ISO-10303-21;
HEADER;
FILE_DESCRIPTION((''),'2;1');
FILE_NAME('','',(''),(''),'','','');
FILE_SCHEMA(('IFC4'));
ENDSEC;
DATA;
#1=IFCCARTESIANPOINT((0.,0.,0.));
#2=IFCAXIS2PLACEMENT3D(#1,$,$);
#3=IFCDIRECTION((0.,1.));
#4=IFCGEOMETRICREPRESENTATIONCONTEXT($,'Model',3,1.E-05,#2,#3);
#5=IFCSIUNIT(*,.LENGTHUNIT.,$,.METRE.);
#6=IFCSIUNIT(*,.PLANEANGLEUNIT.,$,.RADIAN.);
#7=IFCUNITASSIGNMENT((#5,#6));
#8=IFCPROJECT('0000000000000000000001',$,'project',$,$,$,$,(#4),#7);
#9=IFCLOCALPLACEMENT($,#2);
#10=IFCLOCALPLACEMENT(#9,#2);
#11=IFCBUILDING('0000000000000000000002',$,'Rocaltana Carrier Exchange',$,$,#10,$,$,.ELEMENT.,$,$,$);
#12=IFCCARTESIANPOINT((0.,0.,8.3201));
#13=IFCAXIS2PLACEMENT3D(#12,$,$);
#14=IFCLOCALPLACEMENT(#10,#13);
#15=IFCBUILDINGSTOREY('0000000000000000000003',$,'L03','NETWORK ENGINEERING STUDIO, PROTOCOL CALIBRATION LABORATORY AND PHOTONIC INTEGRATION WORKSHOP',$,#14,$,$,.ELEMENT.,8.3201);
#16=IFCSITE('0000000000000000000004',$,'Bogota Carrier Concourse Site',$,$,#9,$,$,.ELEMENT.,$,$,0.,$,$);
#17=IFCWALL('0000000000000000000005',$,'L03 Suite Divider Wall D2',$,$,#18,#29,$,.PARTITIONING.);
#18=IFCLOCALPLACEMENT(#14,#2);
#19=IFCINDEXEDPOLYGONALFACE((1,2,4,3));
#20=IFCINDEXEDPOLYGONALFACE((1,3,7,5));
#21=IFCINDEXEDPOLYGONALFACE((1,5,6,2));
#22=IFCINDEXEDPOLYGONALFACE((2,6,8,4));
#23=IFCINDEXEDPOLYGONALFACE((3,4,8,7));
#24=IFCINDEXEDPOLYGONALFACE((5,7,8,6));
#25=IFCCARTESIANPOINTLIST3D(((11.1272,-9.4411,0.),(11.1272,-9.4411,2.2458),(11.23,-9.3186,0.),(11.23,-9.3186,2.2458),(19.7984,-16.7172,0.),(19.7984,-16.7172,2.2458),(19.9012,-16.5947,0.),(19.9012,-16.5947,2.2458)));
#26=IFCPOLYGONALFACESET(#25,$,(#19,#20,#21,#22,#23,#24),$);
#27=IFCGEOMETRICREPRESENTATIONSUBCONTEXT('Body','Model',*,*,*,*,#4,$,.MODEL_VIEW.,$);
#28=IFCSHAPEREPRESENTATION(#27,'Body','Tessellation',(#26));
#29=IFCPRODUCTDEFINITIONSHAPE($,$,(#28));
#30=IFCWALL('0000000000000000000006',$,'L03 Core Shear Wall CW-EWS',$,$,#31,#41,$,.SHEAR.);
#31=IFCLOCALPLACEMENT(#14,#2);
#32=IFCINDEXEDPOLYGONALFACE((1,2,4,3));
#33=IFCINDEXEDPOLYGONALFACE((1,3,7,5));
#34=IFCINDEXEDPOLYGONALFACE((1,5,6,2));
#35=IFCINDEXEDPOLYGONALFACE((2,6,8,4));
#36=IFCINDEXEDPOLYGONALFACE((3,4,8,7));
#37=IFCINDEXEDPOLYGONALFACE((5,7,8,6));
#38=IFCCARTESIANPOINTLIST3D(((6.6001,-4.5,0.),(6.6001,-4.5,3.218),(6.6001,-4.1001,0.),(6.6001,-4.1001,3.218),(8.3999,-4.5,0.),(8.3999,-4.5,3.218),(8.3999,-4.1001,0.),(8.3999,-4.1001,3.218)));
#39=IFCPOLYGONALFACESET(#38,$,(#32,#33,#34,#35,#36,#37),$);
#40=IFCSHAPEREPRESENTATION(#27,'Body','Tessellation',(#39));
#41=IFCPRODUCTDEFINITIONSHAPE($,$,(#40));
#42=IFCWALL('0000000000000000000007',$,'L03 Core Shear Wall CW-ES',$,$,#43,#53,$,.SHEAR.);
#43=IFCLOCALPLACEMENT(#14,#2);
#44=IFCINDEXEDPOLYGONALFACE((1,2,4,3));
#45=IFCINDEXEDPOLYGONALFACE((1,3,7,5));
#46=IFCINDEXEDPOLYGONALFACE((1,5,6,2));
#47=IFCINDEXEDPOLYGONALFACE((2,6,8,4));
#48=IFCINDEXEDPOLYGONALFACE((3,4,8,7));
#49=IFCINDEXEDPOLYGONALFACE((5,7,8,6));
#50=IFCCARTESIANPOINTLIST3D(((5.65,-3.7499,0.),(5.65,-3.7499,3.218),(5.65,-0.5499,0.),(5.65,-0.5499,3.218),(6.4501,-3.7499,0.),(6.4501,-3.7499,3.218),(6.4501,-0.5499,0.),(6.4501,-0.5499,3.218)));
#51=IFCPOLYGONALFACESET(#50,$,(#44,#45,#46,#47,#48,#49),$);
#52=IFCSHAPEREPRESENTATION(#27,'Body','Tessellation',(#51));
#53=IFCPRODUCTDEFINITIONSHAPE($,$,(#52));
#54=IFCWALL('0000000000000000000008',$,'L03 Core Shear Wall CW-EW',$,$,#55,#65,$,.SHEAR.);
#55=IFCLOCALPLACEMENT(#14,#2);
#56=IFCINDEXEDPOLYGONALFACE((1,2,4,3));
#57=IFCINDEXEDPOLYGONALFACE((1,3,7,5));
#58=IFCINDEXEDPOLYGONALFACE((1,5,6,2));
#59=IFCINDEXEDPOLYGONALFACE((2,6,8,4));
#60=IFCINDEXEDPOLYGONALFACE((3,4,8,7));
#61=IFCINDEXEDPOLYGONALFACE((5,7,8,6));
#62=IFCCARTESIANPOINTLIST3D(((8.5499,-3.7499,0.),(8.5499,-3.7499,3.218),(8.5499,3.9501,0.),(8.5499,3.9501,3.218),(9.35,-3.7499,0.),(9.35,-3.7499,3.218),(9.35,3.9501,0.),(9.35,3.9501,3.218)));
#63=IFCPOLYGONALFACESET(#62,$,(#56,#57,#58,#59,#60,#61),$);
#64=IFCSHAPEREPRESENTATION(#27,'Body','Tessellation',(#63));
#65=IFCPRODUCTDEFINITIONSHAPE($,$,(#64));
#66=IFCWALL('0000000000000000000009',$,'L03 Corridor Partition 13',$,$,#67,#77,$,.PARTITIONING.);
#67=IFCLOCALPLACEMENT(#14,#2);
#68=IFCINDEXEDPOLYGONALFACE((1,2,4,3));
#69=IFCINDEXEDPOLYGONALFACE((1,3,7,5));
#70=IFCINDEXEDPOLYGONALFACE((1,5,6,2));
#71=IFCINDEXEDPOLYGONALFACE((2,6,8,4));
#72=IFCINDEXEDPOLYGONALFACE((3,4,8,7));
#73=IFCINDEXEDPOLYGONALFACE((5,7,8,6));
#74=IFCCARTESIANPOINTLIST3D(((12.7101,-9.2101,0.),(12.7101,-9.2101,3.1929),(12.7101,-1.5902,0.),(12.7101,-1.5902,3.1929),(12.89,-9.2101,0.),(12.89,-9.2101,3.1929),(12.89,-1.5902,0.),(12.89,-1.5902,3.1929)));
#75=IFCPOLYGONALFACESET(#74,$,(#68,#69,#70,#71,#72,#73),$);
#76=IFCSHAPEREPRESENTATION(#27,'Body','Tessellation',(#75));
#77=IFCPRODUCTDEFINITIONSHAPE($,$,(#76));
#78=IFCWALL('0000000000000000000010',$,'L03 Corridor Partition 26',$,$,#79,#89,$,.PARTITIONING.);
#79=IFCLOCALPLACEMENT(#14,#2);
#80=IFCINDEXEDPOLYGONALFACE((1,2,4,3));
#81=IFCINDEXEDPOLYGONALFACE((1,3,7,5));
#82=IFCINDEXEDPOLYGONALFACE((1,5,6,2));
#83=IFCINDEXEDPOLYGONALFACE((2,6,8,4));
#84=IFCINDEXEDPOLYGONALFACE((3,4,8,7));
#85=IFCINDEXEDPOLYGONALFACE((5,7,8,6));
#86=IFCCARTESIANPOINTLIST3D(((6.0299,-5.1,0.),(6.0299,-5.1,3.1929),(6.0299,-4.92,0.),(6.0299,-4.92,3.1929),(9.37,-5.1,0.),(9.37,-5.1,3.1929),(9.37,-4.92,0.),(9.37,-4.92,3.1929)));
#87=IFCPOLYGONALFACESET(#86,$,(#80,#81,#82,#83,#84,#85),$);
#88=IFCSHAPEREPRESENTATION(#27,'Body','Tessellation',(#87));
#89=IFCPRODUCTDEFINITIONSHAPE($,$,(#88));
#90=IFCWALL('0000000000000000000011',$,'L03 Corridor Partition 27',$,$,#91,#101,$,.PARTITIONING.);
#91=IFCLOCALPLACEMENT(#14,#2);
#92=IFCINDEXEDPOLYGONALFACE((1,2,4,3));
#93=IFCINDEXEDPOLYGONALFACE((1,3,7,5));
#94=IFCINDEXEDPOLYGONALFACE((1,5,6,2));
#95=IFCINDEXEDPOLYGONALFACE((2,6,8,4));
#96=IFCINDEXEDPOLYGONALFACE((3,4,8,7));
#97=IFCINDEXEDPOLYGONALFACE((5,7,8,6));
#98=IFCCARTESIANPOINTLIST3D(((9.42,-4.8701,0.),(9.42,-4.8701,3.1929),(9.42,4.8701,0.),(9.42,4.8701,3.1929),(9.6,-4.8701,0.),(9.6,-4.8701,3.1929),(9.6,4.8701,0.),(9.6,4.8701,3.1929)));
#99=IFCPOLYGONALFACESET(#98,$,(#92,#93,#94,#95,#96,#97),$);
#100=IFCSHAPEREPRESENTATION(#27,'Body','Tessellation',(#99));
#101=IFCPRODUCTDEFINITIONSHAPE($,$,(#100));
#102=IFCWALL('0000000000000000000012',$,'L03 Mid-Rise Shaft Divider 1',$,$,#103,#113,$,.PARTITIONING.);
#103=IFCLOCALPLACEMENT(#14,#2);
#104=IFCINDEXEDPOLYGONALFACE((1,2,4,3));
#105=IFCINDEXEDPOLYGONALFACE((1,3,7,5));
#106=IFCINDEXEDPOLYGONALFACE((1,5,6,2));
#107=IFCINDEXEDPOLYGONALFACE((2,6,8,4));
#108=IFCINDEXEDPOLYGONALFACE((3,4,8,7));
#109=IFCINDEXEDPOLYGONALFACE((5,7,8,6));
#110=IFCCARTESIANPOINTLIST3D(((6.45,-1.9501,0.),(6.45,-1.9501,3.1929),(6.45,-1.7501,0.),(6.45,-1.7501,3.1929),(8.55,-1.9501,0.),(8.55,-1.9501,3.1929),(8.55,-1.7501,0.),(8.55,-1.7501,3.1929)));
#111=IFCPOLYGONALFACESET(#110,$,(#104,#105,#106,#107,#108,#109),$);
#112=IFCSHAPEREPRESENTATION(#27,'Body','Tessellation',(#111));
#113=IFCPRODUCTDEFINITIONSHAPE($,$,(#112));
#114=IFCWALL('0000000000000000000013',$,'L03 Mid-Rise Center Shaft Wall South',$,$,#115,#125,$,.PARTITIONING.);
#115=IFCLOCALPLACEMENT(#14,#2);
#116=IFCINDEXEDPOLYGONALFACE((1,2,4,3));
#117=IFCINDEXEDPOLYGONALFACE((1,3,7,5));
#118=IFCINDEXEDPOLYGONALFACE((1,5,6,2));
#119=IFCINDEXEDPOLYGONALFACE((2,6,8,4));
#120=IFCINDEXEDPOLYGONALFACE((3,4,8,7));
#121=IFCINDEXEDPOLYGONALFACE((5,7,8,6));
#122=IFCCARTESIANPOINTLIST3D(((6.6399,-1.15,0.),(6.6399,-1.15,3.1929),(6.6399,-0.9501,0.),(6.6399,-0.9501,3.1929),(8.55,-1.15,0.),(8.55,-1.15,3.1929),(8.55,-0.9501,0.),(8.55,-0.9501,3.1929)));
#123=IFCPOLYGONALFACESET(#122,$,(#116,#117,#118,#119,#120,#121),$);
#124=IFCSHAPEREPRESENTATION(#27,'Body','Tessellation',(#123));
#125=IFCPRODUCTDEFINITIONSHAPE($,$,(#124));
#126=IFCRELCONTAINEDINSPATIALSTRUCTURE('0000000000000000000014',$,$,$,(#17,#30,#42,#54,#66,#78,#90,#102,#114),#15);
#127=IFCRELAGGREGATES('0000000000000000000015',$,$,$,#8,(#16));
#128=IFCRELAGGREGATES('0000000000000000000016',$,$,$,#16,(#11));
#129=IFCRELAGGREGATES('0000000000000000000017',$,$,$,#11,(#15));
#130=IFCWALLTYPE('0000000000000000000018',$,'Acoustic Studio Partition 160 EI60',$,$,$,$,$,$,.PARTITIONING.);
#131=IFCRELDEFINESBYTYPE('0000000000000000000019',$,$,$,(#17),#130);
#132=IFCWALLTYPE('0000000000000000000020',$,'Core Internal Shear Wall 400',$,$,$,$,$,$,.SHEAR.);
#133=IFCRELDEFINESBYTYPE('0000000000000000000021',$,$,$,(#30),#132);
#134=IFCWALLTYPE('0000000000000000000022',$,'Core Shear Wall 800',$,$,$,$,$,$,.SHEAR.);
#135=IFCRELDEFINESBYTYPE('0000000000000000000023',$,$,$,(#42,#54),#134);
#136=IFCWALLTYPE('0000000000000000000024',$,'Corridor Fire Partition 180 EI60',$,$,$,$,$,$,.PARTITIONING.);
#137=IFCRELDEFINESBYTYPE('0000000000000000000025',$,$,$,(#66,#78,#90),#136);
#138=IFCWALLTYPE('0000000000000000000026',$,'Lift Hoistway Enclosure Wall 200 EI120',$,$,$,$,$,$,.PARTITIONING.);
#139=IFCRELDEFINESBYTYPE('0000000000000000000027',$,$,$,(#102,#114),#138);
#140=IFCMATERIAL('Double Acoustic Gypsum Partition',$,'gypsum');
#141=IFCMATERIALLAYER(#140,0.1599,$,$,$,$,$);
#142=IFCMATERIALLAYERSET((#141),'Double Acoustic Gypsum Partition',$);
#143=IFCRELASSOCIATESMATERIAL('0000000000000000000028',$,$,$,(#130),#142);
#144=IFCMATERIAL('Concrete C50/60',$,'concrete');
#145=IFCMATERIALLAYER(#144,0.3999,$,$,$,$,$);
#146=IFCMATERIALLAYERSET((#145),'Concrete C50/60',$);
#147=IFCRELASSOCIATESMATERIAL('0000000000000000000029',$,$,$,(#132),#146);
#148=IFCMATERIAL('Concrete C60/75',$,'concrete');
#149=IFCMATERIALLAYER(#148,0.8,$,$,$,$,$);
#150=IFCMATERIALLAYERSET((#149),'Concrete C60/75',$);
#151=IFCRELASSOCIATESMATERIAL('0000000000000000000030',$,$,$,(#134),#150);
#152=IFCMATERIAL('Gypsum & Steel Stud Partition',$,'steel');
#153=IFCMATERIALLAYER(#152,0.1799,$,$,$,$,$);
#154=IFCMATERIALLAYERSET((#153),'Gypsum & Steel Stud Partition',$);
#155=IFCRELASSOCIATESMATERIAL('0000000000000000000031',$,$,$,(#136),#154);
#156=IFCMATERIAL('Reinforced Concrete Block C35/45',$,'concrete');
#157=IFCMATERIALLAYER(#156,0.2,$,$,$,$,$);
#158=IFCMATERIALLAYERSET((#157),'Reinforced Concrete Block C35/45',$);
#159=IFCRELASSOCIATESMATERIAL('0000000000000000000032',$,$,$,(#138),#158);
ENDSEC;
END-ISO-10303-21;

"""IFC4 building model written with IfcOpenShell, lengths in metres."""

from ifc_helpers import new_model, si_unit, direction, frame, frame_2d, origin, place, context, subcontext, project, spatial, rectangle, extrude, material, layer, layer_set, type_object, element, save


model = new_model("IFC4")

# Units and contexts
model_context = context("Model", 3, precision=1e-05, world=origin(), true_north=direction((0.0, 1.0)))
body_context = subcontext(model_context, "Body", "Model", "MODEL_VIEW")
ifc_project = project(units=[si_unit("LENGTHUNIT", "METRE"), si_unit("PLANEANGLEUNIT", "RADIAN")], contexts=[model_context])

# Site, building, storey
site_placement = place(None, origin())
site = spatial("IfcSite", under=ifc_project, at=site_placement, Name="Bogota Carrier Concourse Site", CompositionType="ELEMENT", RefElevation=0.0)
building_placement = place(site_placement, origin())
building = spatial("IfcBuilding", under=site, at=building_placement, Name="Rocaltana Carrier Exchange", CompositionType="ELEMENT")
storey_placement = place(building_placement, frame((0.0, 0.0, 8.3201)))
storey = spatial("IfcBuildingStorey", under=building, at=storey_placement, Name="L03", Description="NETWORK ENGINEERING STUDIO, PROTOCOL CALIBRATION LABORATORY AND PHOTONIC INTEGRATION WORKSHOP", CompositionType="ELEMENT", Elevation=8.3201)

# Walls
ifc_material_1 = material(Name="Double Acoustic Gypsum Partition", Category="gypsum")
ifc_layer_1 = layer(ifc_material_1, 0.1599)
ifc_layer_set_1 = layer_set([ifc_layer_1], Name="Double Acoustic Gypsum Partition")
wall_type_1 = type_object("IfcWallType", Name="Acoustic Studio Partition 160 EI60", PredefinedType="PARTITIONING", material=ifc_layer_set_1)
wall_1_placement = place(storey_placement, frame((11.1787, -9.3799, 0.0), z_axis=(0.0, 0.0, 1.0), x_axis=(0.766037, -0.642796, 0.0)))
element("IfcWall", 1, at=wall_1_placement, inside=storey, type_object=wall_type_1, Name="L03 Suite Divider Wall D2", PredefinedType="PARTITIONING", context=body_context, shape_type="SweptSolid", body=[
    extrude(rectangle(XDim=11.3196, YDim=0.1599, at=frame_2d((5.6597, 0.0))), origin(), (0.0, 0.0, 1.0), 2.2458),
])
ifc_material_2 = material(Name="Concrete C50/60", Category="concrete")
ifc_layer_2 = layer(ifc_material_2, 0.3999)
ifc_layer_set_2 = layer_set([ifc_layer_2], Name="Concrete C50/60")
wall_type_2 = type_object("IfcWallType", Name="Core Internal Shear Wall 400", PredefinedType="SHEAR", material=ifc_layer_set_2)
wall_2_placement = place(storey_placement, frame((6.6001, -4.3, 0.0), z_axis=(0.0, 0.0, 1.0), x_axis=(1.0, 0.0, 0.0)))
element("IfcWall", 2, at=wall_2_placement, inside=storey, type_object=wall_type_2, Name="L03 Core Shear Wall CW-EWS", PredefinedType="SHEAR", context=body_context, shape_type="SweptSolid", body=[
    extrude(rectangle(XDim=1.7998, YDim=0.3999, at=frame_2d((0.8999, 0.0))), origin(), (0.0, 0.0, 1.0), 3.218),
])
ifc_material_3 = material(Name="Concrete C60/75", Category="concrete")
ifc_layer_3 = layer(ifc_material_3, 0.8)
ifc_layer_set_3 = layer_set([ifc_layer_3], Name="Concrete C60/75")
wall_type_3 = type_object("IfcWallType", Name="Core Shear Wall 800", PredefinedType="SHEAR", material=ifc_layer_set_3)
wall_3_placement = place(storey_placement, frame((6.05, -3.75, 0.0), z_axis=(0.0, 0.0, 1.0), x_axis=(0.0, 1.0, 0.0)))
element("IfcWall", 3, at=wall_3_placement, inside=storey, type_object=wall_type_3, Name="L03 Core Shear Wall CW-ES", PredefinedType="SHEAR", context=body_context, shape_type="SweptSolid", body=[
    extrude(rectangle(XDim=3.2, YDim=0.8, at=frame_2d((1.6001, 0.0))), origin(), (0.0, 0.0, 1.0), 3.218),
])
wall_4_placement = place(storey_placement, frame((8.95, -3.75, 0.0), z_axis=(0.0, 0.0, 1.0), x_axis=(0.0, 1.0, 0.0)))
element("IfcWall", 4, at=wall_4_placement, inside=storey, type_object=wall_type_3, Name="L03 Core Shear Wall CW-EW", PredefinedType="SHEAR", context=body_context, shape_type="SweptSolid", body=[
    extrude(rectangle(XDim=7.7, YDim=0.8, at=frame_2d((3.8501, 0.0))), origin(), (0.0, 0.0, 1.0), 3.218),
])
ifc_material_4 = material(Name="Gypsum & Steel Stud Partition", Category="steel")
ifc_layer_4 = layer(ifc_material_4, 0.1799)
ifc_layer_set_4 = layer_set([ifc_layer_4], Name="Gypsum & Steel Stud Partition")
wall_type_4 = type_object("IfcWallType", Name="Corridor Fire Partition 180 EI60", PredefinedType="PARTITIONING", material=ifc_layer_set_4)
wall_5_placement = place(storey_placement, frame((12.8, -1.5901, 0.0), z_axis=(0.0, 0.0, 1.0), x_axis=(0.0, -1.0, 0.0)))
element("IfcWall", 5, at=wall_5_placement, inside=storey, type_object=wall_type_4, Name="L03 Corridor Partition 13", PredefinedType="PARTITIONING", context=body_context, shape_type="SweptSolid", body=[
    extrude(rectangle(XDim=7.6199, YDim=0.1799, at=frame_2d((3.8101, 0.0))), origin(), (0.0, 0.0, 1.0), 3.1929),
])
wall_6_placement = place(storey_placement, frame((6.03, -5.01, 0.0), z_axis=(0.0, 0.0, 1.0), x_axis=(1.0, 0.0, 0.0)))
element("IfcWall", 6, at=wall_6_placement, inside=storey, type_object=wall_type_4, Name="L03 Corridor Partition 26", PredefinedType="PARTITIONING", context=body_context, shape_type="SweptSolid", body=[
    extrude(rectangle(XDim=3.3401, YDim=0.1799, at=frame_2d((1.6699, 0.0))), origin(), (0.0, 0.0, 1.0), 3.1929),
])
wall_7_placement = place(storey_placement, frame((9.51, -4.8701, 0.0), z_axis=(0.0, 0.0, 1.0), x_axis=(0.0, 1.0, 0.0)))
element("IfcWall", 7, at=wall_7_placement, inside=storey, type_object=wall_type_4, Name="L03 Corridor Partition 27", PredefinedType="PARTITIONING", context=body_context, shape_type="SweptSolid", body=[
    extrude(rectangle(XDim=9.7402, YDim=0.1799, at=frame_2d((4.8701, 0.0))), origin(), (0.0, 0.0, 1.0), 3.1929),
])
ifc_material_5 = material(Name="Reinforced Concrete Block C35/45", Category="concrete")
ifc_layer_5 = layer(ifc_material_5, 0.2)
ifc_layer_set_5 = layer_set([ifc_layer_5], Name="Reinforced Concrete Block C35/45")
wall_type_5 = type_object("IfcWallType", Name="Lift Hoistway Enclosure Wall 200 EI120", PredefinedType="PARTITIONING", material=ifc_layer_set_5)
wall_8_placement = place(storey_placement, frame((6.45, -1.8501, 0.0), z_axis=(0.0, 0.0, 1.0), x_axis=(1.0, 0.0, 0.0)))
element("IfcWall", 8, at=wall_8_placement, inside=storey, type_object=wall_type_5, Name="L03 Mid-Rise Shaft Divider 1", PredefinedType="PARTITIONING", context=body_context, shape_type="SweptSolid", body=[
    extrude(rectangle(XDim=2.1001, YDim=0.2, at=frame_2d((1.05, 0.0))), origin(), (0.0, 0.0, 1.0), 3.1929),
])
wall_9_placement = place(storey_placement, frame((6.6399, -1.05, 0.0), z_axis=(0.0, 0.0, 1.0), x_axis=(1.0, 0.0, 0.0)))
element("IfcWall", 9, at=wall_9_placement, inside=storey, type_object=wall_type_5, Name="L03 Mid-Rise Center Shaft Wall South", PredefinedType="PARTITIONING", context=body_context, shape_type="SweptSolid", body=[
    extrude(rectangle(XDim=1.9102, YDim=0.2, at=frame_2d((0.9551, 0.0))), origin(), (0.0, 0.0, 1.0), 3.1929),
])

save(model, "model.ifc")
